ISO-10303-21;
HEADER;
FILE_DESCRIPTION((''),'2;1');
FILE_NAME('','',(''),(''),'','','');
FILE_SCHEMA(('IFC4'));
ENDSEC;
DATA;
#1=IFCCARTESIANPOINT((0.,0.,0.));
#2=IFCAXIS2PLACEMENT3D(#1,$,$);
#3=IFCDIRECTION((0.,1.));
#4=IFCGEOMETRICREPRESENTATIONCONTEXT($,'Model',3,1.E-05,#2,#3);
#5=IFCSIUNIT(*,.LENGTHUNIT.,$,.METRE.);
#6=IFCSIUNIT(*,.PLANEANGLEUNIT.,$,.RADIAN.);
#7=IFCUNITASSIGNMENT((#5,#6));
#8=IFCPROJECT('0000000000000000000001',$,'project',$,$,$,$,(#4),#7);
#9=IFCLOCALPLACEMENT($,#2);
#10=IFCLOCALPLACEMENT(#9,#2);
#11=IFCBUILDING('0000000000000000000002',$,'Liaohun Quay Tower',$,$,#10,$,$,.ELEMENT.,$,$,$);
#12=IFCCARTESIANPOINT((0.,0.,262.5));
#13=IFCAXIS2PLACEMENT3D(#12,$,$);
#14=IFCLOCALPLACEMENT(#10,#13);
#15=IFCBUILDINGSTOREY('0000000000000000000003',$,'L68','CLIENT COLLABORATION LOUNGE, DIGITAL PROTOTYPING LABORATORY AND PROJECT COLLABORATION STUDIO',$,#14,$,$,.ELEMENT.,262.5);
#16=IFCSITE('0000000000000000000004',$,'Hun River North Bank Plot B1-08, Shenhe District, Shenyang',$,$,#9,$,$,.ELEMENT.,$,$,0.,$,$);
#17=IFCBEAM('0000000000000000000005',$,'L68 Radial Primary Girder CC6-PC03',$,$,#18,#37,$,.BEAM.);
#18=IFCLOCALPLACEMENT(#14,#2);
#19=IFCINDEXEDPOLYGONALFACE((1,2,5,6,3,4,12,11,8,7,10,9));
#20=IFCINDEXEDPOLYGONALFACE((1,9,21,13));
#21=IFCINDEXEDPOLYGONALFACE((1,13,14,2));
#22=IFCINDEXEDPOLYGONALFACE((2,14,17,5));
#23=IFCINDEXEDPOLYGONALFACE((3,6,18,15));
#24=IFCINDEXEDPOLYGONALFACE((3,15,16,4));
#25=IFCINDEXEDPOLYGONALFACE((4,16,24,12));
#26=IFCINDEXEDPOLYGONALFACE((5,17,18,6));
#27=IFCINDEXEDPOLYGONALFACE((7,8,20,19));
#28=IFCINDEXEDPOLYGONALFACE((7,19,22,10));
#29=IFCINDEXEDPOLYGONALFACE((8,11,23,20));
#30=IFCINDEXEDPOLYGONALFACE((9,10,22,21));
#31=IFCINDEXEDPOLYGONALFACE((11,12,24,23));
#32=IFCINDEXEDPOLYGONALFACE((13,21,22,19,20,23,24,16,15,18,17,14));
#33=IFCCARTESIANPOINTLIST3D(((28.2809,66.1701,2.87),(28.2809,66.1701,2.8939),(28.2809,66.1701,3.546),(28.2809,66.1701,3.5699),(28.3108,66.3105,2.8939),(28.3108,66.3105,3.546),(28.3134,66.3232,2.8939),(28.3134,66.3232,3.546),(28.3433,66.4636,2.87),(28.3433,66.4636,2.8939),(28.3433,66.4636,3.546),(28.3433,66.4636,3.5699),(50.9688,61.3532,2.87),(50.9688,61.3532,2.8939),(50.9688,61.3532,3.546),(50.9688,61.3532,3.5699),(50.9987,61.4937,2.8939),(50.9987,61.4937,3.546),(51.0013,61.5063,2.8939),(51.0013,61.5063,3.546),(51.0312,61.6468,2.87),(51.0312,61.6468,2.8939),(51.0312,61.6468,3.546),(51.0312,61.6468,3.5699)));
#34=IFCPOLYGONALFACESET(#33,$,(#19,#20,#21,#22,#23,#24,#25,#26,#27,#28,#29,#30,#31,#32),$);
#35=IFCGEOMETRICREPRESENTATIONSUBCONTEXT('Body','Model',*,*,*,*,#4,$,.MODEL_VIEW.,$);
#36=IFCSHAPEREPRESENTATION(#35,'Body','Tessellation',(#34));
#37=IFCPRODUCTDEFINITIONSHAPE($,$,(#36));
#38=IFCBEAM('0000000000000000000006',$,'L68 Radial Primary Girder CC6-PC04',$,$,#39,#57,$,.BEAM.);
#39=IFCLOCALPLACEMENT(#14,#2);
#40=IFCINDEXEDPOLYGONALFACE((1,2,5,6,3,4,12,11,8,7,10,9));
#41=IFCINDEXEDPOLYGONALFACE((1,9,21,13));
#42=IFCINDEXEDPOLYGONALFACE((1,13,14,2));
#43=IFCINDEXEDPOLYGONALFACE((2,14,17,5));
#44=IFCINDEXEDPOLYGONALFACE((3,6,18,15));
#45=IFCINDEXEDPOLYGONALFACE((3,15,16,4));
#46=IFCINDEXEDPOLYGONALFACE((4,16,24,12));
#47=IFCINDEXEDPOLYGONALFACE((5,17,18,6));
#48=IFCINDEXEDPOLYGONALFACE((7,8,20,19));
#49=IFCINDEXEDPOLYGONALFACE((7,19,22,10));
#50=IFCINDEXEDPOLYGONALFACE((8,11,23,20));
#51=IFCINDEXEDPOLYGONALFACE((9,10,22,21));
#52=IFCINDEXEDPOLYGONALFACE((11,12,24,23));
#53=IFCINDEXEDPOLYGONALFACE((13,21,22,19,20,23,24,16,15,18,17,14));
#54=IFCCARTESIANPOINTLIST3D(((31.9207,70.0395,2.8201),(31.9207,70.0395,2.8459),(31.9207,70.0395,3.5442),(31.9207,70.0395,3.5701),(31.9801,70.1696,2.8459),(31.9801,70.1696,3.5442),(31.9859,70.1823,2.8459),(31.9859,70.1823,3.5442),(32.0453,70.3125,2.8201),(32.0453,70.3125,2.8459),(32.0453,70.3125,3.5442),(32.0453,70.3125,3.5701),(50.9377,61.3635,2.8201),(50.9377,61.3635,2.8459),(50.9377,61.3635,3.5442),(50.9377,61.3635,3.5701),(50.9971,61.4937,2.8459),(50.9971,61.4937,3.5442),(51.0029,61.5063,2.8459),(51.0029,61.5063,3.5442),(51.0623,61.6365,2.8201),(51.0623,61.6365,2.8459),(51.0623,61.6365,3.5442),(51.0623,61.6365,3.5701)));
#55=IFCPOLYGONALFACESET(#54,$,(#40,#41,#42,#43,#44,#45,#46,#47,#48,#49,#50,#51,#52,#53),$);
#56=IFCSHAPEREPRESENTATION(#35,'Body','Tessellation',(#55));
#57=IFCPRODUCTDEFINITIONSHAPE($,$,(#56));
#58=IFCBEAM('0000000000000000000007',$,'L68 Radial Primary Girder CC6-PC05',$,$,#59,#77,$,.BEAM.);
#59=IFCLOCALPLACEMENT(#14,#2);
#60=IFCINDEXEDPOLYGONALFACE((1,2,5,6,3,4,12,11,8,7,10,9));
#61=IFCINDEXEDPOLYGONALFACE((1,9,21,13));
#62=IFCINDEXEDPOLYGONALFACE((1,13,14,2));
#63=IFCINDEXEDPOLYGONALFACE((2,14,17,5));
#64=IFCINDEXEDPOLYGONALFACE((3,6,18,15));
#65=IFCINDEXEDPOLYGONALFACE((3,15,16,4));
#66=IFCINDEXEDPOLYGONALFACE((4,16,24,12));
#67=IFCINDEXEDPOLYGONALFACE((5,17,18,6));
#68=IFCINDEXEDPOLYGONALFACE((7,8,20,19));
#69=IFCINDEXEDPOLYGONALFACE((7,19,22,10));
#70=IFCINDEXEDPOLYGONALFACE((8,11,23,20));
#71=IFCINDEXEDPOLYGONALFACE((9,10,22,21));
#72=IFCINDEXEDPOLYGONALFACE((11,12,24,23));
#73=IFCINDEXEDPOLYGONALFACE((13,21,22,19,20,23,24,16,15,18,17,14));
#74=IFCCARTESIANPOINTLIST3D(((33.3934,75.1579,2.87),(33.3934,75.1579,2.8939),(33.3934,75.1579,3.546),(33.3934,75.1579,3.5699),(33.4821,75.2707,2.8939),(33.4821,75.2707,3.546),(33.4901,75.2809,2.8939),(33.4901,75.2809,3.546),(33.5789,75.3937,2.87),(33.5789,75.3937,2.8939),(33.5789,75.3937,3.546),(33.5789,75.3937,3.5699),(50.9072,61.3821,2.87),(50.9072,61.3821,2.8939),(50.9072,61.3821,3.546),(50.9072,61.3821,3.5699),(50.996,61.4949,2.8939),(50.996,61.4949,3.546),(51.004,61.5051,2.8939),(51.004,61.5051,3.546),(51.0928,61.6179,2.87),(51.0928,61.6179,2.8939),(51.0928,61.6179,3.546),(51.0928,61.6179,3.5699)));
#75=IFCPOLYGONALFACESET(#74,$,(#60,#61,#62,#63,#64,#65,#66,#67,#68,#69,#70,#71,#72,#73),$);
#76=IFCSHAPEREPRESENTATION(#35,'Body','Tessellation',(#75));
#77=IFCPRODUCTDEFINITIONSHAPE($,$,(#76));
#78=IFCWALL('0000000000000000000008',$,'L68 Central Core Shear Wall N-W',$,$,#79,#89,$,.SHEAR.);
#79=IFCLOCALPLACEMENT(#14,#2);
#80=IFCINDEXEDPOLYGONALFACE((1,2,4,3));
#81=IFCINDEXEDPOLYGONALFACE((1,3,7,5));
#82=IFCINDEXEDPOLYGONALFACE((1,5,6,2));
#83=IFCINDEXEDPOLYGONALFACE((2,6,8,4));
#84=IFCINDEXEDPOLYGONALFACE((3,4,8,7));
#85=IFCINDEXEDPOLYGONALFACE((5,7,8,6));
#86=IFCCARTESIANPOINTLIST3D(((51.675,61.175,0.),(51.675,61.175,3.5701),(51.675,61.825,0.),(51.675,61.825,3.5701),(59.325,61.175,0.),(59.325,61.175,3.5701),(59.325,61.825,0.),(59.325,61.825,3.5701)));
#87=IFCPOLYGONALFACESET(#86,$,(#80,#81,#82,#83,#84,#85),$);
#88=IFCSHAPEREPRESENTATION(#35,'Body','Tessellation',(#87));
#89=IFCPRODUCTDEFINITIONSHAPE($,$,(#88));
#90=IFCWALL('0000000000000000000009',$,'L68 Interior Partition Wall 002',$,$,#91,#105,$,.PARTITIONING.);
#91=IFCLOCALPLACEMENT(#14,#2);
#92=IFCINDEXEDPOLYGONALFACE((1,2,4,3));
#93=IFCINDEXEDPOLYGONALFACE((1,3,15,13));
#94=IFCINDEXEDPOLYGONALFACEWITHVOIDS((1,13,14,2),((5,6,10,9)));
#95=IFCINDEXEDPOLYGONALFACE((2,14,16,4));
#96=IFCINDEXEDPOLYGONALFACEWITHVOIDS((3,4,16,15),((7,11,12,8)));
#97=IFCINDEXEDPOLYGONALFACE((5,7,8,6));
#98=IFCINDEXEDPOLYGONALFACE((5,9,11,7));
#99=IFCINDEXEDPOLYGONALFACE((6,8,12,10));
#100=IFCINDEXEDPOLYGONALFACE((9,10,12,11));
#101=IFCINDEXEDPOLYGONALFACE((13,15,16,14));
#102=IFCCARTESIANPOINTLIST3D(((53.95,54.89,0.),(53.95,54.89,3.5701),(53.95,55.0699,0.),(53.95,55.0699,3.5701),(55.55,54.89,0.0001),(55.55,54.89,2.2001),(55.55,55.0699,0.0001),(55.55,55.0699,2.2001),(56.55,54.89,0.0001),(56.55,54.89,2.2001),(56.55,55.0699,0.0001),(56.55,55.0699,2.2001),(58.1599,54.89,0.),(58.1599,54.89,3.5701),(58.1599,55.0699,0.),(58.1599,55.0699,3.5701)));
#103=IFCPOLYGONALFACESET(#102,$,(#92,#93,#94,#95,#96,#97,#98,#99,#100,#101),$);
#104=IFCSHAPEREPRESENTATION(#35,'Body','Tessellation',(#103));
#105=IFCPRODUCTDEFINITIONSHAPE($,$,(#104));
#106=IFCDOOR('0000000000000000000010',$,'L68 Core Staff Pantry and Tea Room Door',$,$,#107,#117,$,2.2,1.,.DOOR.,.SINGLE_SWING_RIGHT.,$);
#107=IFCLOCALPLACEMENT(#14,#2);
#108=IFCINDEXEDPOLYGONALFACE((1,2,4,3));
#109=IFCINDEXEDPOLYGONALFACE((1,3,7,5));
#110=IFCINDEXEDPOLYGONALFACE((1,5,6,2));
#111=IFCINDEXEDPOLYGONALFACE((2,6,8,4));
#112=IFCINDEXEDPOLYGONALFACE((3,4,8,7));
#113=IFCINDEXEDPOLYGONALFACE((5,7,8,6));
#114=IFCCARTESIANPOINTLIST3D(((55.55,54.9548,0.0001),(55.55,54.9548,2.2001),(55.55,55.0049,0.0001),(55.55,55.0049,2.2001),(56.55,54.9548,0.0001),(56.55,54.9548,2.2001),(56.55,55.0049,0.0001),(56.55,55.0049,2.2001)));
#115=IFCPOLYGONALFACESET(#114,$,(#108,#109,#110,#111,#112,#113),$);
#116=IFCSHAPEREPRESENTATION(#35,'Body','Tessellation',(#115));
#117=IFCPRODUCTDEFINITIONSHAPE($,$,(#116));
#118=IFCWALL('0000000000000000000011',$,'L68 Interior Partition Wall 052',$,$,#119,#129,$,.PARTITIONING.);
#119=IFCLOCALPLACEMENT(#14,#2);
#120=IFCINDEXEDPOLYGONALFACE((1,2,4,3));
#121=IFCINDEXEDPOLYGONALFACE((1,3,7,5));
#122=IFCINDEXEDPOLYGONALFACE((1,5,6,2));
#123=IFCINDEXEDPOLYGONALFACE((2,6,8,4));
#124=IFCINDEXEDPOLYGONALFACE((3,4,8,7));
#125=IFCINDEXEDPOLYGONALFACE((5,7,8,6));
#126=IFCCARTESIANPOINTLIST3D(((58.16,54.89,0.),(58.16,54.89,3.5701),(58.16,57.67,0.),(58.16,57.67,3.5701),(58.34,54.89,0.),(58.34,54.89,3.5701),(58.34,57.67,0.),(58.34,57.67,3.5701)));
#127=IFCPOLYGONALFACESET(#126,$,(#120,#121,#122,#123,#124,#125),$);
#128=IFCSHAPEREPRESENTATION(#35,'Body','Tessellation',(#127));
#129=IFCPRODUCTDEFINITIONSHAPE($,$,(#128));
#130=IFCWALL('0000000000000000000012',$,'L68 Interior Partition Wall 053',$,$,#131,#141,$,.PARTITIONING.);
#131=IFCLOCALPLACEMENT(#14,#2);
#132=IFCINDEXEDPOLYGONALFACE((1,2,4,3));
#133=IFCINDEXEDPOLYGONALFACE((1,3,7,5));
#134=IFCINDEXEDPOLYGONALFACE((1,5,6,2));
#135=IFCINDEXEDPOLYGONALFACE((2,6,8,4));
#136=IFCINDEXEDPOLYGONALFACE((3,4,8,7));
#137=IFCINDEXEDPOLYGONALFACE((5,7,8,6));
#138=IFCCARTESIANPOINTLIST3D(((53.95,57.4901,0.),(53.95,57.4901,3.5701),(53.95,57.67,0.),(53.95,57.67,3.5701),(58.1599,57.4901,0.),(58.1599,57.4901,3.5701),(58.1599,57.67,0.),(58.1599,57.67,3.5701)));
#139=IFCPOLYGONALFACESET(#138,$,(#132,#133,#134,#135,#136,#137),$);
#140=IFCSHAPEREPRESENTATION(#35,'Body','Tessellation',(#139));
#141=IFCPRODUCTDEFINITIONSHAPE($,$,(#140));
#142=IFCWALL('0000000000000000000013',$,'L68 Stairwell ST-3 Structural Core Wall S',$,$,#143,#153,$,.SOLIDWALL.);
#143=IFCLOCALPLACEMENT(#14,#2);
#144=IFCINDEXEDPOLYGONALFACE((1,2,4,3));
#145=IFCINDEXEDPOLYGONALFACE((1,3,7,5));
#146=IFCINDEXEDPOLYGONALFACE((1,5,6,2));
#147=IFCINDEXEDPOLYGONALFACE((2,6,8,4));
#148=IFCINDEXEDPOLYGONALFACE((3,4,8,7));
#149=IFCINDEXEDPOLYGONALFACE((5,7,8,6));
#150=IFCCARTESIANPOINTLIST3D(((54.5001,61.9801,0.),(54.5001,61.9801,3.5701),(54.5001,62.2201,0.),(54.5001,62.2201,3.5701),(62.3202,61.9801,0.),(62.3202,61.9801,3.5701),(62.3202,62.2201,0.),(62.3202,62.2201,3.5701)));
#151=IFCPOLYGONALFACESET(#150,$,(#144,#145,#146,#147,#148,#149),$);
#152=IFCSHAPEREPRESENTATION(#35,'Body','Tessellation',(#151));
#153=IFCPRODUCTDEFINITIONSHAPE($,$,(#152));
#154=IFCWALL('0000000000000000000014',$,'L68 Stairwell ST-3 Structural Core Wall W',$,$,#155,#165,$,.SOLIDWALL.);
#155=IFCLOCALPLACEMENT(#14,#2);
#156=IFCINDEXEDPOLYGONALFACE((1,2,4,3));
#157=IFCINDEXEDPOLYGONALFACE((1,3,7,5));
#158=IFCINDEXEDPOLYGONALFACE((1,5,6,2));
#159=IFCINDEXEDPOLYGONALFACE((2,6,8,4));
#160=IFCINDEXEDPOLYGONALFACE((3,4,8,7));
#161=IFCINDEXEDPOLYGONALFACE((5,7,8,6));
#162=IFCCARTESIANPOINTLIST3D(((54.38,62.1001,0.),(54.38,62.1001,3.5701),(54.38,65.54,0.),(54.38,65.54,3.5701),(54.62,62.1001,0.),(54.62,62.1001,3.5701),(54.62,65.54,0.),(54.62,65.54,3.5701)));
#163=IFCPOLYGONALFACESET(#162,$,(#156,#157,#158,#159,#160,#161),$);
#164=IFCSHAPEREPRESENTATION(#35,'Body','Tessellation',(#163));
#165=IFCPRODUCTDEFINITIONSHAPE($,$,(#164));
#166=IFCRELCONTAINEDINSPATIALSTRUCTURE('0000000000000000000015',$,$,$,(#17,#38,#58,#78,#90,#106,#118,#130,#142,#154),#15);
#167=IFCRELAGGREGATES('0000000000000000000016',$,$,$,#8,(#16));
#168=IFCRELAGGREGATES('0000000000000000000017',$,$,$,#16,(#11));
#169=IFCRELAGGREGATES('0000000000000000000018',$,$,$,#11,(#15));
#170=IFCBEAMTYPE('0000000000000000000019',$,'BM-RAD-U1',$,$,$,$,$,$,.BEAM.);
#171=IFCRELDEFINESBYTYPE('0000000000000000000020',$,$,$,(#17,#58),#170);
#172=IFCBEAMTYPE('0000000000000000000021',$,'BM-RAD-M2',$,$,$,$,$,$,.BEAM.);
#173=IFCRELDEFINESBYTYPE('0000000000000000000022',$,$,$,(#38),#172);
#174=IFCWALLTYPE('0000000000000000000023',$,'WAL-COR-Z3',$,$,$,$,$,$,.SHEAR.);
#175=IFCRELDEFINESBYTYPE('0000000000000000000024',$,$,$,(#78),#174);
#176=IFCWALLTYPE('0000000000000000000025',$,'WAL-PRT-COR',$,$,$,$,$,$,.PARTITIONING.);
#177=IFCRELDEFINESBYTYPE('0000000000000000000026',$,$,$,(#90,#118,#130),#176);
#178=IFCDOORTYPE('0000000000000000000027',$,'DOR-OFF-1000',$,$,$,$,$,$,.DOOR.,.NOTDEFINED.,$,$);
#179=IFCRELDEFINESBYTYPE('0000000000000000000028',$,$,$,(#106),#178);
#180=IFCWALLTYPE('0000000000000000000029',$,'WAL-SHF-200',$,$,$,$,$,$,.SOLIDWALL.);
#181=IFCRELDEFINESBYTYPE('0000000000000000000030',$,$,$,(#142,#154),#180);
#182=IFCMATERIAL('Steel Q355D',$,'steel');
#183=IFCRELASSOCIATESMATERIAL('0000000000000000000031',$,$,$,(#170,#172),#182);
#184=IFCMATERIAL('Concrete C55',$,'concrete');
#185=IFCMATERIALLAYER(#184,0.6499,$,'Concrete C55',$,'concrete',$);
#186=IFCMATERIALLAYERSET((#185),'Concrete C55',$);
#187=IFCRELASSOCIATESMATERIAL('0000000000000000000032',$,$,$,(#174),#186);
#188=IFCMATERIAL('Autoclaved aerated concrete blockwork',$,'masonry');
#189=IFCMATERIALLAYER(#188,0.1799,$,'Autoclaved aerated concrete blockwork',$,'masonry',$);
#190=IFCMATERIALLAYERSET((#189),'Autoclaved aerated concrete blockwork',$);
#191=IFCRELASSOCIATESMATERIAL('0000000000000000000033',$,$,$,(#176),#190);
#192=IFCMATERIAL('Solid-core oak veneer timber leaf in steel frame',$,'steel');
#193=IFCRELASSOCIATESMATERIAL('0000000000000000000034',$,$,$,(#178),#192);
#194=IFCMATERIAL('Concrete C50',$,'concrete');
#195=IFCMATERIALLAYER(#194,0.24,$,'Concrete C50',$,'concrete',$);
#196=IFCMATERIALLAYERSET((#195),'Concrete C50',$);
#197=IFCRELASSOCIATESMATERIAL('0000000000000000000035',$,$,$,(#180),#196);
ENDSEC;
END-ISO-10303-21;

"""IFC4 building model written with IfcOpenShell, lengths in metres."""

from ifc_helpers import new_model, si_unit, direction, frame, frame_2d, origin, origin_2d, place, context, subcontext, project, spatial, rectangle, i_section, extrude, source, transform, mapped, material, layer, layer_set, material_profile, profile_set, type_object, element, fill, save


model = new_model("IFC4")

# Units and contexts
model_context = context("Model", 3, precision=1e-05, world=origin(), true_north=direction((0.0, 1.0)))
body_context = subcontext(model_context, "Body", "Model", "MODEL_VIEW")
ifc_project = project(units=[si_unit("LENGTHUNIT", "METRE"), si_unit("PLANEANGLEUNIT", "RADIAN")], contexts=[model_context])

# Site, building, storey
site_placement = place(None, origin())
site = spatial("IfcSite", under=ifc_project, at=site_placement, Name="Hun River North Bank Plot B1-08, Shenhe District, Shenyang", CompositionType="ELEMENT", RefElevation=0.0)
building_placement = place(site_placement, origin())
building = spatial("IfcBuilding", under=site, at=building_placement, Name="Liaohun Quay Tower", CompositionType="ELEMENT")
storey_placement = place(building_placement, frame((0.0, 0.0, 262.5)))
storey = spatial("IfcBuildingStorey", under=building, at=storey_placement, Name="L68", Description="CLIENT COLLABORATION LOUNGE, DIGITAL PROTOTYPING LABORATORY AND PROJECT COLLABORATION STUDIO", CompositionType="ELEMENT", Elevation=262.5)

# Beams
ifc_material_1 = material(Name="Steel Q355D", Category="steel")
ifc_material_profile_1 = material_profile(ifc_material_1, i_section(OverallWidth=0.3, OverallDepth=0.7, WebThickness=0.0129, FlangeThickness=0.0239, at=origin_2d()), Name="HN700x300x13x24")
ifc_profile_set_1 = profile_set([ifc_material_profile_1], Name="Steel Q355D")
beam_type_1 = type_object("IfcBeamType", Name="BM-RAD-U1", PredefinedType="BEAM", material=ifc_profile_set_1)
shared_shape_1 = source(origin(), body_context, "Body", "SweptSolid", [
    extrude(i_section(OverallWidth=0.3, OverallDepth=0.7, WebThickness=0.0129, FlangeThickness=0.0239, at=origin_2d()), origin(), (0.0, 0.0, 1.0), 23.1936),
])
beam_1_placement = place(storey_placement, frame((51.0, 61.5, 3.22), z_axis=(-0.978197, 0.207681, 0.0), x_axis=(-0.207681, -0.978197, 0.0)))
element("IfcBeam", 1, at=beam_1_placement, inside=storey, type_object=beam_type_1, Name="L68 Radial Primary Girder CC6-PC03", PredefinedType="BEAM", context=body_context, shape_type="MappedRepresentation", body=[
    mapped(shared_shape_1, transform((0.0, 0.0, 0.0), x_axis=(1.0, 0.0, 0.0), y_axis=(0.0, 1.0, 0.0), z_axis=(0.0, 0.0, 1.0), scale=1.0)),
])
ifc_material_profile_2 = material_profile(ifc_material_1, i_section(OverallWidth=0.3, OverallDepth=0.75, WebThickness=0.0139, FlangeThickness=0.0259, at=origin_2d()), Name="HN750x300x14x26")
ifc_profile_set_2 = profile_set([ifc_material_profile_2], Name="Steel Q355D")
beam_type_2 = type_object("IfcBeamType", Name="BM-RAD-M2", PredefinedType="BEAM", material=ifc_profile_set_2)
shared_shape_2 = source(origin(), body_context, "Body", "SweptSolid", [
    extrude(i_section(OverallWidth=0.3, OverallDepth=0.75, WebThickness=0.0139, FlangeThickness=0.0259, at=origin_2d()), origin(), (0.0, 0.0, 1.0), 20.9026),
])
beam_2_placement = place(storey_placement, frame((51.0, 61.5, 3.1951), z_axis=(-0.909791, 0.415067, 0.0), x_axis=(-0.415067, -0.909791, 0.0)))
element("IfcBeam", 2, at=beam_2_placement, inside=storey, type_object=beam_type_2, Name="L68 Radial Primary Girder CC6-PC04", PredefinedType="BEAM", context=body_context, shape_type="MappedRepresentation", body=[
    mapped(shared_shape_2, transform((0.0, 0.0, 0.0), x_axis=(1.0, 0.0, 0.0), y_axis=(0.0, 1.0, 0.0), z_axis=(0.0, 0.0, 1.0), scale=1.0)),
])
shared_shape_3 = source(origin(), body_context, "Body", "SweptSolid", [
    extrude(i_section(OverallWidth=0.3, OverallDepth=0.7, WebThickness=0.0129, FlangeThickness=0.0239, at=origin_2d()), origin(), (0.0, 0.0, 1.0), 22.2825),
])
beam_3_placement = place(storey_placement, frame((51.0, 61.5, 3.22), z_axis=(-0.785992, 0.618236, 0.0), x_axis=(-0.618236, -0.785992, 0.0)))
element("IfcBeam", 3, at=beam_3_placement, inside=storey, type_object=beam_type_1, Name="L68 Radial Primary Girder CC6-PC05", PredefinedType="BEAM", context=body_context, shape_type="MappedRepresentation", body=[
    mapped(shared_shape_3, transform((0.0, 0.0, 0.0), x_axis=(1.0, 0.0, 0.0), y_axis=(0.0, 1.0, 0.0), z_axis=(0.0, 0.0, 1.0), scale=1.0)),
])

# Wall
ifc_material_2 = material(Name="Concrete C55", Category="concrete")
ifc_layer_1 = layer(ifc_material_2, 0.6499, Name="Concrete C55", Category="concrete")
ifc_layer_set_1 = layer_set([ifc_layer_1], Name="Concrete C55")
wall_type_1 = type_object("IfcWallType", Name="WAL-COR-Z3", PredefinedType="SHEAR", material=ifc_layer_set_1)
wall_1_placement = place(storey_placement, frame((51.675, 61.5, 0.0), z_axis=(0.0, 0.0, 1.0), x_axis=(1.0, 0.0, 0.0)))
element("IfcWall", 4, at=wall_1_placement, inside=storey, type_object=wall_type_1, Name="L68 Central Core Shear Wall N-W", PredefinedType="SHEAR", context=body_context, shape_type="SweptSolid", body=[
    extrude(rectangle(XDim=7.6499, YDim=0.6499, at=frame_2d((3.825, 0.0))), origin(), (0.0, 0.0, 1.0), 3.5701),
])

# Wall, opening, door
ifc_material_3 = material(Name="Autoclaved aerated concrete blockwork", Category="masonry")
ifc_layer_2 = layer(ifc_material_3, 0.1799, Name="Autoclaved aerated concrete blockwork", Category="masonry")
ifc_layer_set_2 = layer_set([ifc_layer_2], Name="Autoclaved aerated concrete blockwork")
wall_type_2 = type_object("IfcWallType", Name="WAL-PRT-COR", PredefinedType="PARTITIONING", material=ifc_layer_set_2)
wall_2_placement = place(storey_placement, frame((53.95, 54.98, 0.0), z_axis=(0.0, 0.0, 1.0), x_axis=(1.0, 0.0, 0.0)))
wall_2 = element("IfcWall", 5, at=wall_2_placement, inside=storey, type_object=wall_type_2, Name="L68 Interior Partition Wall 002", PredefinedType="PARTITIONING", context=body_context, shape_type="SweptSolid", body=[
    extrude(rectangle(XDim=4.21, YDim=0.1799, at=frame_2d((2.105, 0.0))), origin(), (0.0, 0.0, 1.0), 3.5701),
])
shared_shape_4 = source(origin(), body_context, "Body", "SweptSolid", [
    extrude(rectangle(XDim=1.0, YDim=2.2, at=frame_2d((0.5, 1.1001))), frame((0.0, 0.0999, 0.0), z_axis=(0.0, -1.0, 0.0), x_axis=(1.0, 0.0, 0.0)), (0.0, 0.0, 1.0), 0.2),
])
opening_1_placement = place(wall_2_placement, frame((1.6001, 0.0, 0.0)))
opening_1 = element("IfcOpeningElement", 6, at=opening_1_placement, cuts=wall_2, PredefinedType="OPENING", context=body_context, shape_type="MappedRepresentation", body=[
    mapped(shared_shape_4, transform((0.0, 0.0, 0.0), x_axis=(1.0, 0.0, 0.0), y_axis=(0.0, 1.0, 0.0), z_axis=(0.0, 0.0, 1.0), scale=1.0)),
])
ifc_material_4 = material(Name="Solid-core oak veneer timber leaf in steel frame", Category="steel")
door_type_1 = type_object("IfcDoorType", Name="DOR-OFF-1000", OperationType="NOTDEFINED", PredefinedType="DOOR", material=ifc_material_4)
shared_shape_5 = source(origin(), body_context, "Body", "SweptSolid", [
    extrude(rectangle(XDim=1.0, YDim=2.2, at=frame_2d((0.5, 1.1001))), frame((0.0, 0.0249, 0.0), z_axis=(0.0, -1.0, 0.0), x_axis=(1.0, 0.0, 0.0)), (0.0, 0.0, 1.0), 0.05),
])
door_1_placement = place(opening_1_placement, origin())
door_1 = element("IfcDoor", 7, at=door_1_placement, inside=storey, type_object=door_type_1, Name="L68 Core Staff Pantry and Tea Room Door", OperationType="SINGLE_SWING_RIGHT", OverallHeight=2.2, OverallWidth=1.0, PredefinedType="DOOR", context=body_context, shape_type="MappedRepresentation", body=[
    mapped(shared_shape_5, transform((0.0, 0.0, 0.0), x_axis=(1.0, 0.0, 0.0), y_axis=(0.0, 1.0, 0.0), z_axis=(0.0, 0.0, 1.0), scale=1.0)),
])
fill(opening_1, door_1)

# Walls
wall_3_placement = place(storey_placement, frame((58.25, 54.8899, 0.0), z_axis=(0.0, 0.0, 1.0), x_axis=(0.0, 1.0, 0.0)))
element("IfcWall", 8, at=wall_3_placement, inside=storey, type_object=wall_type_2, Name="L68 Interior Partition Wall 052", PredefinedType="PARTITIONING", context=body_context, shape_type="SweptSolid", body=[
    extrude(rectangle(XDim=2.78, YDim=0.1799, at=frame_2d((1.3901, 0.0))), origin(), (0.0, 0.0, 1.0), 3.5701),
])
wall_4_placement = place(storey_placement, frame((53.95, 57.5801, 0.0), z_axis=(0.0, 0.0, 1.0), x_axis=(1.0, 0.0, 0.0)))
element("IfcWall", 9, at=wall_4_placement, inside=storey, type_object=wall_type_2, Name="L68 Interior Partition Wall 053", PredefinedType="PARTITIONING", context=body_context, shape_type="SweptSolid", body=[
    extrude(rectangle(XDim=4.21, YDim=0.1799, at=frame_2d((2.105, 0.0))), origin(), (0.0, 0.0, 1.0), 3.5701),
])
ifc_material_5 = material(Name="Concrete C50", Category="concrete")
ifc_layer_3 = layer(ifc_material_5, 0.24, Name="Concrete C50", Category="concrete")
ifc_layer_set_3 = layer_set([ifc_layer_3], Name="Concrete C50")
wall_type_3 = type_object("IfcWallType", Name="WAL-SHF-200", PredefinedType="SOLIDWALL", material=ifc_layer_set_3)
wall_5_placement = place(storey_placement, frame((54.5, 62.1001, 0.0), z_axis=(0.0, 0.0, 1.0), x_axis=(1.0, 0.0, 0.0)))
element("IfcWall", 10, at=wall_5_placement, inside=storey, type_object=wall_type_3, Name="L68 Stairwell ST-3 Structural Core Wall S", PredefinedType="SOLIDWALL", context=body_context, shape_type="SweptSolid", body=[
    extrude(rectangle(XDim=7.8201, YDim=0.24, at=frame_2d((3.9102, 0.0))), origin(), (0.0, 0.0, 1.0), 3.5701),
])
wall_6_placement = place(storey_placement, frame((54.5, 65.54, 0.0), z_axis=(0.0, 0.0, 1.0), x_axis=(0.0, -1.0, 0.0)))
element("IfcWall", 11, at=wall_6_placement, inside=storey, type_object=wall_type_3, Name="L68 Stairwell ST-3 Structural Core Wall W", PredefinedType="SOLIDWALL", context=body_context, shape_type="SweptSolid", body=[
    extrude(rectangle(XDim=3.4399, YDim=0.24, at=frame_2d((1.72, 0.0))), origin(), (0.0, 0.0, 1.0), 3.5701),
])

save(model, "model.ifc")
